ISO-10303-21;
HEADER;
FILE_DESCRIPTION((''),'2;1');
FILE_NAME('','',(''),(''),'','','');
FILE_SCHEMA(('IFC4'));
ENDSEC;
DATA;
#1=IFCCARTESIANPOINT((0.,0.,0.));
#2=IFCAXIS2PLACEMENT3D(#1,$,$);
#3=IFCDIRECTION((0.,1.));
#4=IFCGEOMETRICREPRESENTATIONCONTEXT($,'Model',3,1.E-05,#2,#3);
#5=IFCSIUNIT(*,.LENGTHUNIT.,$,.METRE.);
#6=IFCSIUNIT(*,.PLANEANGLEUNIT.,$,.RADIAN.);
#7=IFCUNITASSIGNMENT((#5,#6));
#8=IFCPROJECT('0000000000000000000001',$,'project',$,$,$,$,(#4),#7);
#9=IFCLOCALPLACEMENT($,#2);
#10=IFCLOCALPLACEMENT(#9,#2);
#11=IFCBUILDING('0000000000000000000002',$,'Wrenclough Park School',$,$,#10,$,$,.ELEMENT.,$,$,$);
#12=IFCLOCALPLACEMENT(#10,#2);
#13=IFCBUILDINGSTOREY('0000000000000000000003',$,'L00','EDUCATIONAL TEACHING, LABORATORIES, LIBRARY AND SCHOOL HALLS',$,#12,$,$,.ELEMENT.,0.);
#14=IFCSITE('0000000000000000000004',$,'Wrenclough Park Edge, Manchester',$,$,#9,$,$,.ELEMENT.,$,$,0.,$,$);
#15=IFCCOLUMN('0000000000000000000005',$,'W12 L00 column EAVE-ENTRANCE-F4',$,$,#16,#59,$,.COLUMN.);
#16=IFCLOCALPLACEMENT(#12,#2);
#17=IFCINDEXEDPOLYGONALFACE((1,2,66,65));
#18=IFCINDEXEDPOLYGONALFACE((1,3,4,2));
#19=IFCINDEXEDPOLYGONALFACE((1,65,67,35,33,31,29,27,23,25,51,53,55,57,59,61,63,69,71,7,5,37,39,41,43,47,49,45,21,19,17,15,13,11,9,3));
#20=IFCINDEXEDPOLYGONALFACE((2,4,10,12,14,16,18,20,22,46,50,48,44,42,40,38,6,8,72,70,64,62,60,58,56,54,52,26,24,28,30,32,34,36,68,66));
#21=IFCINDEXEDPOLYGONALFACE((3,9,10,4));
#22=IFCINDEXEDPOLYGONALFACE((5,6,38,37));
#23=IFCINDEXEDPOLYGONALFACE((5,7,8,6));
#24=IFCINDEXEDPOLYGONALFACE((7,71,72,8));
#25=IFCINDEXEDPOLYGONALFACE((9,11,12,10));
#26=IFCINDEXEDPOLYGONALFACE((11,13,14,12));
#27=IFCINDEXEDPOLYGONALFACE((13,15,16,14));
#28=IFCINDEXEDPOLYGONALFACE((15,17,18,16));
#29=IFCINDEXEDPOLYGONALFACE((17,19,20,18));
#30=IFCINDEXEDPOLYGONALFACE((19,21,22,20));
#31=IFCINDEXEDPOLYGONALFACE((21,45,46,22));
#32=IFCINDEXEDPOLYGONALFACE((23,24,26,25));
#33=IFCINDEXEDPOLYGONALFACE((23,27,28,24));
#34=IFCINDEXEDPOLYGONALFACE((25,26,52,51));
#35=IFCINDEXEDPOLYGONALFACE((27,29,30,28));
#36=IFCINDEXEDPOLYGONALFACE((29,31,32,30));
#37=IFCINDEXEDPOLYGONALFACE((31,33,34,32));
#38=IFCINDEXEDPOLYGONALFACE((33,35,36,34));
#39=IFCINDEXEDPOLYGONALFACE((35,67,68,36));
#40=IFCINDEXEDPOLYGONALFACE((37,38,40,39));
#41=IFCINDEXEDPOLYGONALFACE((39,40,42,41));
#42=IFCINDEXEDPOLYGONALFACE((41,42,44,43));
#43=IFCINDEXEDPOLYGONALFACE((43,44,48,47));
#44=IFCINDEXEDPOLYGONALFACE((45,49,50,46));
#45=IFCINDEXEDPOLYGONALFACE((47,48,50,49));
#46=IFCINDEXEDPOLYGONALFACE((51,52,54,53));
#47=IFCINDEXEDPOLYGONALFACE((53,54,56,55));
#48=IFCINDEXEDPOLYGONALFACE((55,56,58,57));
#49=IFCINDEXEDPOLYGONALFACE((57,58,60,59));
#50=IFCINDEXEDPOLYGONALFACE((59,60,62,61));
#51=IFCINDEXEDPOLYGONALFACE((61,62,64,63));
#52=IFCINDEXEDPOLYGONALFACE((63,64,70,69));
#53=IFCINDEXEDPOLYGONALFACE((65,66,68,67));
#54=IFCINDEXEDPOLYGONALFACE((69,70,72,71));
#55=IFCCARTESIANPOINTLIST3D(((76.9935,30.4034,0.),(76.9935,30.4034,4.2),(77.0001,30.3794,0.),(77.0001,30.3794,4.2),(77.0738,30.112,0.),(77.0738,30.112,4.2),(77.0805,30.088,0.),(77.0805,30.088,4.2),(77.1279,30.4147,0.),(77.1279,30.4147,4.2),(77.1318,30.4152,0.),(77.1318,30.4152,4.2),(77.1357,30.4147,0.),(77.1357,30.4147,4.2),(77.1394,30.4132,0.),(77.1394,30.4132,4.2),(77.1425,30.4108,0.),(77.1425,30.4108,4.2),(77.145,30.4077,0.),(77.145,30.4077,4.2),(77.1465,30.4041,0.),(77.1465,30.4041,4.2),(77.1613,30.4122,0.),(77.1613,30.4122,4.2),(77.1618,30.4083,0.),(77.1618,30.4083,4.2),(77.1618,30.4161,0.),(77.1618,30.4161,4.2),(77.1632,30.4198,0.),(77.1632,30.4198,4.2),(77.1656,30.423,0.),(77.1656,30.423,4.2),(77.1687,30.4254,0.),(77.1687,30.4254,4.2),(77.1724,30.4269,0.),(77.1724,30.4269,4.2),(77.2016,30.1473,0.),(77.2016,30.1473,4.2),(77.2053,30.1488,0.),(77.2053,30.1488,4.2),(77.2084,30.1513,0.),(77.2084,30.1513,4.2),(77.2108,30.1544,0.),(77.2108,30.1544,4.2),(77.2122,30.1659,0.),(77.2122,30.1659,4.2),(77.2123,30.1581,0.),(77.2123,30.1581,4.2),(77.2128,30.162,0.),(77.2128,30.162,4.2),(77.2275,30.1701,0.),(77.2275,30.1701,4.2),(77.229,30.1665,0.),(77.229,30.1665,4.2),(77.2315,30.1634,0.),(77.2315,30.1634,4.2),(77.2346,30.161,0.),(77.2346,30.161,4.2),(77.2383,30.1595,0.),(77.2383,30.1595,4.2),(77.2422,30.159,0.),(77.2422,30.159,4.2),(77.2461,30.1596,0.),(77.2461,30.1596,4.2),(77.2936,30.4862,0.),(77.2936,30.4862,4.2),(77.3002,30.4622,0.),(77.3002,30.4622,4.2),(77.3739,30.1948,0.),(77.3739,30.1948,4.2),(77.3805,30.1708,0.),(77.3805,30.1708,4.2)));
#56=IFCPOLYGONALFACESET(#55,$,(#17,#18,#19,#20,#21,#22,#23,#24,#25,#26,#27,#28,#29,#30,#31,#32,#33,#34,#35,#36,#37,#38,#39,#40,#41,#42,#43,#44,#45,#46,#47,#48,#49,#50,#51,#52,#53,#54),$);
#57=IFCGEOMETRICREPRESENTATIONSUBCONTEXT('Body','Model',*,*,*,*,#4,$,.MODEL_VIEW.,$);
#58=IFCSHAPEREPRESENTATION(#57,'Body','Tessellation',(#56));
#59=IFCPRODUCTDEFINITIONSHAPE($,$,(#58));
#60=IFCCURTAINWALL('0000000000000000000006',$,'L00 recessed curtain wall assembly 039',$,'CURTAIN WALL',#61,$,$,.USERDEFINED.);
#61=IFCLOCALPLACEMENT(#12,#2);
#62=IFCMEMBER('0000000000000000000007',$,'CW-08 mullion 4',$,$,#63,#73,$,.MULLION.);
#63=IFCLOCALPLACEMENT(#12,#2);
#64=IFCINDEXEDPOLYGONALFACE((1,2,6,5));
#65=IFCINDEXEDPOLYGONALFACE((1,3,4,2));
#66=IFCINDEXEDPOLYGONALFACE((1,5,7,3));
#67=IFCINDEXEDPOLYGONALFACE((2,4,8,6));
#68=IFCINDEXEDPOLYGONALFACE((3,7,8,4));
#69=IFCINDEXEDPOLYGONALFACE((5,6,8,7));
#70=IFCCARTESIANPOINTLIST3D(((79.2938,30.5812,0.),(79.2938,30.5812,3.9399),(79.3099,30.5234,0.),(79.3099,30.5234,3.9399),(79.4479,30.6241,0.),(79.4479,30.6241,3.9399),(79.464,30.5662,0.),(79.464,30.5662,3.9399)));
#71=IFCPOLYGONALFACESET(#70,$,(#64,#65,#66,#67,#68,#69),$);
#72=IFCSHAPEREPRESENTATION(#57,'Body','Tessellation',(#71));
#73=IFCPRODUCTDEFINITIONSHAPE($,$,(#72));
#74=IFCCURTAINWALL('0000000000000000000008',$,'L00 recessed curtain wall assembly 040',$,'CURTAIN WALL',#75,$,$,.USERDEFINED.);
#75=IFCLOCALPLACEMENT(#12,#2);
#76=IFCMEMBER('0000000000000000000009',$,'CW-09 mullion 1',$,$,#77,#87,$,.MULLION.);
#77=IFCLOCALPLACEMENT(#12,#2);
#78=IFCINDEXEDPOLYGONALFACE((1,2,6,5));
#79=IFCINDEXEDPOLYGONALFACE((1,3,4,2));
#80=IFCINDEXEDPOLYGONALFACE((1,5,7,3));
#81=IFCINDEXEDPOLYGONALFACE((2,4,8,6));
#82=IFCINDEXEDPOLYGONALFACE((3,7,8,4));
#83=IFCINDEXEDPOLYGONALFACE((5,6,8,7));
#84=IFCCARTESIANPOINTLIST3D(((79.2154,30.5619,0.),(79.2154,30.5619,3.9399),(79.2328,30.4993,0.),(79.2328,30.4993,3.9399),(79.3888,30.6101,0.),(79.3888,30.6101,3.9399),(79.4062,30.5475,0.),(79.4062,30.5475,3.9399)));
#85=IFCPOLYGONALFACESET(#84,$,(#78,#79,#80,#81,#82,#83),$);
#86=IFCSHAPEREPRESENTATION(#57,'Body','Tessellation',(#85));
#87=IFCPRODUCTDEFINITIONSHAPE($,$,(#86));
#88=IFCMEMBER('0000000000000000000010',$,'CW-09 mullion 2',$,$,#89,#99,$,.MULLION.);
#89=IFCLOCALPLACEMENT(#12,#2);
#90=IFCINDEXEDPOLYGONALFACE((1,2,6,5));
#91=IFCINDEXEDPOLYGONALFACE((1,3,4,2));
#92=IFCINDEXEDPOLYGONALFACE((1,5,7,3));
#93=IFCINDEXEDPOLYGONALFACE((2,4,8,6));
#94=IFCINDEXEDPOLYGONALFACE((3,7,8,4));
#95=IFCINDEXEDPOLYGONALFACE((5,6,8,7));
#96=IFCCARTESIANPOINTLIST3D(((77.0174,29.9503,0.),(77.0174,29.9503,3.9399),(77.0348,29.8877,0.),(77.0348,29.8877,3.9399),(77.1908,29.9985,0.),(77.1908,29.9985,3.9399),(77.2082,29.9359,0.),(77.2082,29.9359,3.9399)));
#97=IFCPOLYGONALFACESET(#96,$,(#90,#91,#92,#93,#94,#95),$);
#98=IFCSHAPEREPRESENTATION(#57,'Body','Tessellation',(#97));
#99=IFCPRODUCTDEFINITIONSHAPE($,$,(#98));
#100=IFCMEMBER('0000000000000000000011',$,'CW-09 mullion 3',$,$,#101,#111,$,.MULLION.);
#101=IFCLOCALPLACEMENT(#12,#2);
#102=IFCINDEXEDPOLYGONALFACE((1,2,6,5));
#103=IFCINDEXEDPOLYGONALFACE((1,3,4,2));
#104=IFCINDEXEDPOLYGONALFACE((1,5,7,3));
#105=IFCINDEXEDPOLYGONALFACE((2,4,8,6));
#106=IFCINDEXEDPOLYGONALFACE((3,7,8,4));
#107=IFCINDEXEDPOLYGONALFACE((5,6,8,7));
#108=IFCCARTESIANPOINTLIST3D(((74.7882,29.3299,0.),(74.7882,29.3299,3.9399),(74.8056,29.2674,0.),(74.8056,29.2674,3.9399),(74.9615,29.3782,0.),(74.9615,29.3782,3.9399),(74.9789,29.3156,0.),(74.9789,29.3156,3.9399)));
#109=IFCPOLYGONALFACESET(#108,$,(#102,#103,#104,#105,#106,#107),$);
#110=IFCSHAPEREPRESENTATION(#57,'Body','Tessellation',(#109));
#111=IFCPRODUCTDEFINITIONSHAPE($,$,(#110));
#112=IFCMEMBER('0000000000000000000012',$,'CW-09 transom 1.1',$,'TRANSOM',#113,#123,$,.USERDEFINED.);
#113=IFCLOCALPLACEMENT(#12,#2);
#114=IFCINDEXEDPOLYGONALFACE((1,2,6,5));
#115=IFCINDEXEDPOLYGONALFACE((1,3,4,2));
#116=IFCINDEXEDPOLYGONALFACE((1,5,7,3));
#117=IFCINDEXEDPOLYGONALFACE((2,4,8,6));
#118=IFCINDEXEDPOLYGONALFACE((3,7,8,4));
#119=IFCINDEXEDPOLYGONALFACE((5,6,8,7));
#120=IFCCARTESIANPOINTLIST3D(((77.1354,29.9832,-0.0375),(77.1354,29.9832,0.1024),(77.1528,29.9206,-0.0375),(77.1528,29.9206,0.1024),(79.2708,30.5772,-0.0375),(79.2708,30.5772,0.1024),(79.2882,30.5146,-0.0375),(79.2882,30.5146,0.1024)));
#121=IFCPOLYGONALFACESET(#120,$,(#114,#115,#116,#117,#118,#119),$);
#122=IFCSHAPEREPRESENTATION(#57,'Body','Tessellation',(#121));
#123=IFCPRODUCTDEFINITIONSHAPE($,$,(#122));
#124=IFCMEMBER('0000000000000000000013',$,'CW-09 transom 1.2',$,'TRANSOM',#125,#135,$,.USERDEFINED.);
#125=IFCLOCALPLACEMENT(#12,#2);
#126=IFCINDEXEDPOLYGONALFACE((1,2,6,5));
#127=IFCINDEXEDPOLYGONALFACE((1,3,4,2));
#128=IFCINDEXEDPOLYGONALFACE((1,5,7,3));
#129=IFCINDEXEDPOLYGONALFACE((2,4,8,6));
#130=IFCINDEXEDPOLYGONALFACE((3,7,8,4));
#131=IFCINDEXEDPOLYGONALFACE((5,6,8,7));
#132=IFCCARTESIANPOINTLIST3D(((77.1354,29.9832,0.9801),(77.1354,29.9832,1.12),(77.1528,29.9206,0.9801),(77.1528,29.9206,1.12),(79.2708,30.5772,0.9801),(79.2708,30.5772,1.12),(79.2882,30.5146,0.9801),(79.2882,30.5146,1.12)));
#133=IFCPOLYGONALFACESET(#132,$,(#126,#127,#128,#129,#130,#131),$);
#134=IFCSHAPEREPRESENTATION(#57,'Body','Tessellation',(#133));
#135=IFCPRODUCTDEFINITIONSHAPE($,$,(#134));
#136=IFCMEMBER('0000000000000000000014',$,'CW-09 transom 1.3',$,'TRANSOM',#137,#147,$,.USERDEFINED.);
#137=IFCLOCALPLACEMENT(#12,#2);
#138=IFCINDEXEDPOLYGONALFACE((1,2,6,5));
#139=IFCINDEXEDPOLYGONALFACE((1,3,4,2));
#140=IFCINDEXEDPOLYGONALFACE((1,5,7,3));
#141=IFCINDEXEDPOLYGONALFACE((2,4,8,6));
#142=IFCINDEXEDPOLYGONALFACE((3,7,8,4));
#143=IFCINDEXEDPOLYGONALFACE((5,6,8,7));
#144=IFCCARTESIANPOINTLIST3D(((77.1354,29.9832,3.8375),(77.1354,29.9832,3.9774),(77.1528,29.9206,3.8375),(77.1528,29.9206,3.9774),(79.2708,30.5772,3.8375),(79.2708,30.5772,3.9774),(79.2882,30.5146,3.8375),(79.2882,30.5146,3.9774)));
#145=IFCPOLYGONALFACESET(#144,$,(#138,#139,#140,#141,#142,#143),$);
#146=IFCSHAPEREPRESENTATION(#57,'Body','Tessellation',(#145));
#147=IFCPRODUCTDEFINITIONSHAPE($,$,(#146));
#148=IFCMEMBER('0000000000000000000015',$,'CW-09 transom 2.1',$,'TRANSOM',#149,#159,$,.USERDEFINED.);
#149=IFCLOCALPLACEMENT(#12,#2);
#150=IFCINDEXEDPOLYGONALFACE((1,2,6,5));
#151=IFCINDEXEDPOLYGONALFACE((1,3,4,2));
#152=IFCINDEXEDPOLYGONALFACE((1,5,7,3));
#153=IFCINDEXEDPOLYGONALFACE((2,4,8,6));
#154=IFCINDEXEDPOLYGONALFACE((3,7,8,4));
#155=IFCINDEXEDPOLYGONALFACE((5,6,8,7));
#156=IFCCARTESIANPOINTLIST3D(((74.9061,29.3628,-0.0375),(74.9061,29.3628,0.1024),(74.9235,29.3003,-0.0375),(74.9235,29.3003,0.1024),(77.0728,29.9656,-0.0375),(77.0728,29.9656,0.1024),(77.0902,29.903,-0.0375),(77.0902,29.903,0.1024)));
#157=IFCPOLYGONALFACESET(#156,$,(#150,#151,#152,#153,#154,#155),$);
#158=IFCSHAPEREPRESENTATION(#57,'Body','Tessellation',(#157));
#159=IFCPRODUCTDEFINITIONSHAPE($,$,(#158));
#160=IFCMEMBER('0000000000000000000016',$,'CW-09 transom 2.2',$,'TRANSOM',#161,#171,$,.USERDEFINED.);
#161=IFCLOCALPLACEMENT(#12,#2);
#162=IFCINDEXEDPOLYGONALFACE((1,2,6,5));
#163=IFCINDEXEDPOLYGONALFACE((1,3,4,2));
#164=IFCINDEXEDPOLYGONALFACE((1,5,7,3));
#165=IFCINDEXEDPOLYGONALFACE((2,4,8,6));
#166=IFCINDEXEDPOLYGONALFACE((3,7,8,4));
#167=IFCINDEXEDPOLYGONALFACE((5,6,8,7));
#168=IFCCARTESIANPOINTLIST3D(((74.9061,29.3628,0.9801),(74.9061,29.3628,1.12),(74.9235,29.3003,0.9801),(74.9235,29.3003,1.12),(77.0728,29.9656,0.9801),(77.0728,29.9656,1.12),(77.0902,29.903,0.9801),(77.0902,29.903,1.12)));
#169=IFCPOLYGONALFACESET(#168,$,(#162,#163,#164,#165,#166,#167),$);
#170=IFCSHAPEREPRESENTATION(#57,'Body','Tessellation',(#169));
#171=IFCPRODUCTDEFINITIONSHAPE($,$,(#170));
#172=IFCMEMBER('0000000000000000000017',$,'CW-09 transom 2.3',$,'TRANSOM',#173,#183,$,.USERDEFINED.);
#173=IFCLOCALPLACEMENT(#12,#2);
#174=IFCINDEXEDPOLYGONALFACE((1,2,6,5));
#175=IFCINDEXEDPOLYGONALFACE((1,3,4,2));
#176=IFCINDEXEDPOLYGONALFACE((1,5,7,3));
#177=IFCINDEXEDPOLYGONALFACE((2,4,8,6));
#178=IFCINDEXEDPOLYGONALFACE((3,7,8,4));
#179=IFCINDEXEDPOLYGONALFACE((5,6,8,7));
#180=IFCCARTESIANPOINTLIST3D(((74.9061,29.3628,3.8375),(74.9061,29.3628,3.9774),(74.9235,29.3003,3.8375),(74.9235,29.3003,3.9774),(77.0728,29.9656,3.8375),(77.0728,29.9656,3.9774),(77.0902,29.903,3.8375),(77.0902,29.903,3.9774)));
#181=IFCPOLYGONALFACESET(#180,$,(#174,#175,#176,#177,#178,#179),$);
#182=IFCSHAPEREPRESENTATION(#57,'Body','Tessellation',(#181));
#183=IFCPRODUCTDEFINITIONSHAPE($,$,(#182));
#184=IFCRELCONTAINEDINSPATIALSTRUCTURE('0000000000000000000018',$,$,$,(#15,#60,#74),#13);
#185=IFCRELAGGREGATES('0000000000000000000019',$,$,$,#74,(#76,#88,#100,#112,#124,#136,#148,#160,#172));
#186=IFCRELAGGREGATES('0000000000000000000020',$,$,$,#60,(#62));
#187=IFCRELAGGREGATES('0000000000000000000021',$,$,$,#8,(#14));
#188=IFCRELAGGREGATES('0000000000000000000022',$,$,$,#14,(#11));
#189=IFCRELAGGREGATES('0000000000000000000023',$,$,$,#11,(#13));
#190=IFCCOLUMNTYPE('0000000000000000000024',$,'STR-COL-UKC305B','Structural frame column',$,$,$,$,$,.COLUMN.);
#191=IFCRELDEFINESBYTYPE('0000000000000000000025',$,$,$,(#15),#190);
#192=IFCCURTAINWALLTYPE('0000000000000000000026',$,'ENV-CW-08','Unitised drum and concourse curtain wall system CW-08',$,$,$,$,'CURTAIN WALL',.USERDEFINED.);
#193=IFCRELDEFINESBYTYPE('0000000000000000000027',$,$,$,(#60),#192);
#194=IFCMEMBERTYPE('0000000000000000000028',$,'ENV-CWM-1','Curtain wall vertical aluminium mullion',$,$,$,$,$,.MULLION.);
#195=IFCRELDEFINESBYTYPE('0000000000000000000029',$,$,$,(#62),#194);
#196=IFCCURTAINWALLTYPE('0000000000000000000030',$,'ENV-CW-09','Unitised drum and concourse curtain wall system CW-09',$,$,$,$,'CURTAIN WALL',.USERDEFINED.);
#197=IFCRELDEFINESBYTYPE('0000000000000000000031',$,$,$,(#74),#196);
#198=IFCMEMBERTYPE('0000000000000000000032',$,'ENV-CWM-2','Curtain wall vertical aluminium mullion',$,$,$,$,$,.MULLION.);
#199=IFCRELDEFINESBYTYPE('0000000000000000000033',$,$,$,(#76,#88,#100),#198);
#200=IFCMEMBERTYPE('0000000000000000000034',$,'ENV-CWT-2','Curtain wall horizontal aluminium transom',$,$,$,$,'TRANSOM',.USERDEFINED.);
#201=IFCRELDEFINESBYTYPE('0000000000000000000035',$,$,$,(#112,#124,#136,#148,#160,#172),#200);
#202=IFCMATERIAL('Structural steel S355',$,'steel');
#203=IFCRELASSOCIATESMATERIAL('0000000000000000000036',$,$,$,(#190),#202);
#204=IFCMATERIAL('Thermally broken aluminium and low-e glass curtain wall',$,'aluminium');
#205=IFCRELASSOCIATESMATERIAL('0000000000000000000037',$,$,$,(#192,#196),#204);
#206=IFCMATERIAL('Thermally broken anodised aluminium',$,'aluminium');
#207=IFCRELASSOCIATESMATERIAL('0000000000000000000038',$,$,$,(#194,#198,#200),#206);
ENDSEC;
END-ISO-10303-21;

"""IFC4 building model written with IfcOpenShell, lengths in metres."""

from ifc_helpers import new_model, si_unit, direction, frame, origin, origin_2d, place, context, subcontext, project, spatial, rectangle, i_section, extrude, material, material_profile, profile_set, type_object, element, aggregate, save


model = new_model("IFC4")

# Units and contexts
model_context = context("Model", 3, precision=1e-05, world=origin(), true_north=direction((0.0, 1.0)))
body_context = subcontext(model_context, "Body", "Model", "MODEL_VIEW")
ifc_project = project(units=[si_unit("LENGTHUNIT", "METRE"), si_unit("PLANEANGLEUNIT", "RADIAN")], contexts=[model_context])

# Site, building, storey
site_placement = place(None, origin())
site = spatial("IfcSite", under=ifc_project, at=site_placement, Name="Wrenclough Park Edge, Manchester", CompositionType="ELEMENT", RefElevation=0.0)
building_placement = place(site_placement, origin())
building = spatial("IfcBuilding", under=site, at=building_placement, Name="Wrenclough Park School", CompositionType="ELEMENT")
storey_placement = place(building_placement, origin())
storey = spatial("IfcBuildingStorey", under=building, at=storey_placement, Name="L00", Description="EDUCATIONAL TEACHING, LABORATORIES, LIBRARY AND SCHOOL HALLS", CompositionType="ELEMENT", Elevation=0.0)

# Column
ifc_material_1 = material(Name="Structural steel S355", Category="steel")
ifc_material_profile_1 = material_profile(ifc_material_1, i_section(OverallWidth=0.3113, OverallDepth=0.3271, WebThickness=0.0159, FlangeThickness=0.0249, FilletRadius=0.0151, at=origin_2d()), Name="UKC 305x305x158")
ifc_profile_set_1 = profile_set([ifc_material_profile_1], Name="Structural steel S355")
column_type = type_object("IfcColumnType", Name="STR-COL-UKC305B", Description="Structural frame column", PredefinedType="COLUMN", material=ifc_profile_set_1)
column_placement = place(storey_placement, frame((77.187, 30.2871, 0.0), z_axis=(0.0, 0.0, 1.0), x_axis=(0.964003, 0.265893, 0.0)))
element("IfcColumn", 1, at=column_placement, inside=storey, type_object=column_type, Name="W12 L00 column EAVE-ENTRANCE-F4", PredefinedType="COLUMN", context=body_context, shape_type="SweptSolid", body=[
    extrude(i_section(OverallWidth=0.3113, OverallDepth=0.3271, WebThickness=0.0159, FlangeThickness=0.0249, FilletRadius=0.0151, at=origin_2d()), origin(), (0.0, 0.0, 1.0), 4.2),
])

# Curtain wall, member
ifc_material_2 = material(Name="Thermally broken aluminium and low-e glass curtain wall", Category="aluminium")
curtain_wall_type_1 = type_object("IfcCurtainWallType", Name="ENV-CW-08", Description="Unitised drum and concourse curtain wall system CW-08", ElementType="CURTAIN WALL", PredefinedType="USERDEFINED", material=ifc_material_2)
curtain_wall_1_placement = place(storey_placement, origin())
curtain_wall_1 = element("IfcCurtainWall", 2, at=curtain_wall_1_placement, inside=storey, type_object=curtain_wall_type_1, Name="L00 recessed curtain wall assembly 039", ObjectType="CURTAIN WALL", PredefinedType="USERDEFINED")
ifc_material_3 = material(Name="Thermally broken anodised aluminium", Category="aluminium")
ifc_material_profile_2 = material_profile(ifc_material_3, rectangle(XDim=0.0601, YDim=0.1599, at=origin_2d()), Name="AL MULLION 60x160")
ifc_profile_set_2 = profile_set([ifc_material_profile_2], Name="Thermally broken anodised aluminium")
member_type_1 = type_object("IfcMemberType", Name="ENV-CWM-1", Description="Curtain wall vertical aluminium mullion", PredefinedType="MULLION", material=ifc_profile_set_2)
member_1_placement = place(storey_placement, frame((79.3789, 30.5737, 0.0), z_axis=(0.0, 0.0, 1.0), x_axis=(0.268073, -0.963399, 0.0)))
member_1 = element("IfcMember", 3, at=member_1_placement, type_object=member_type_1, Name="CW-08 mullion 4", PredefinedType="MULLION", context=body_context, shape_type="SweptSolid", body=[
    extrude(rectangle(XDim=0.0601, YDim=0.1599, at=origin_2d()), origin(), (0.0, 0.0, 1.0), 3.9399),
])

# Curtain wall, members
curtain_wall_type_2 = type_object("IfcCurtainWallType", Name="ENV-CW-09", Description="Unitised drum and concourse curtain wall system CW-09", ElementType="CURTAIN WALL", PredefinedType="USERDEFINED", material=ifc_material_2)
curtain_wall_2_placement = place(storey_placement, origin())
curtain_wall_2 = element("IfcCurtainWall", 4, at=curtain_wall_2_placement, inside=storey, type_object=curtain_wall_type_2, Name="L00 recessed curtain wall assembly 040", ObjectType="CURTAIN WALL", PredefinedType="USERDEFINED")
ifc_material_profile_3 = material_profile(ifc_material_3, rectangle(XDim=0.0649, YDim=0.1799, at=origin_2d()), Name="AL MULLION 65x180")
ifc_profile_set_3 = profile_set([ifc_material_profile_3], Name="Thermally broken anodised aluminium")
member_type_2 = type_object("IfcMemberType", Name="ENV-CWM-2", Description="Curtain wall vertical aluminium mullion", PredefinedType="MULLION", material=ifc_profile_set_3)
member_2_placement = place(storey_placement, frame((79.3108, 30.5547, 0.0), z_axis=(0.0, 0.0, 1.0), x_axis=(0.268069, -0.9634, 0.0)))
member_2 = element("IfcMember", 5, at=member_2_placement, type_object=member_type_2, Name="CW-09 mullion 1", PredefinedType="MULLION", context=body_context, shape_type="SweptSolid", body=[
    extrude(rectangle(XDim=0.0649, YDim=0.1799, at=origin_2d()), origin(), (0.0, 0.0, 1.0), 3.9399),
])
member_3_placement = place(storey_placement, frame((77.1128, 29.9431, 0.0), z_axis=(0.0, 0.0, 1.0), x_axis=(0.268069, -0.9634, 0.0)))
member_3 = element("IfcMember", 6, at=member_3_placement, type_object=member_type_2, Name="CW-09 mullion 2", PredefinedType="MULLION", context=body_context, shape_type="SweptSolid", body=[
    extrude(rectangle(XDim=0.0649, YDim=0.1799, at=origin_2d()), origin(), (0.0, 0.0, 1.0), 3.9399),
])
member_4_placement = place(storey_placement, frame((74.8835, 29.3228, 0.0), z_axis=(0.0, 0.0, 1.0), x_axis=(0.268069, -0.9634, 0.0)))
member_4 = element("IfcMember", 7, at=member_4_placement, type_object=member_type_2, Name="CW-09 mullion 3", PredefinedType="MULLION", context=body_context, shape_type="SweptSolid", body=[
    extrude(rectangle(XDim=0.0649, YDim=0.1799, at=origin_2d()), origin(), (0.0, 0.0, 1.0), 3.9399),
])
ifc_material_profile_4 = material_profile(ifc_material_3, rectangle(XDim=0.0649, YDim=0.1399, at=origin_2d()), Name="AL TRANSOM 65x140")
ifc_profile_set_4 = profile_set([ifc_material_profile_4], Name="Thermally broken anodised aluminium")
member_type_3 = type_object("IfcMemberType", Name="ENV-CWT-2", Description="Curtain wall horizontal aluminium transom", ElementType="TRANSOM", PredefinedType="USERDEFINED", material=ifc_profile_set_4)
member_5_placement = place(storey_placement, frame((79.2795, 30.5459, 0.0325), z_axis=(-0.963425, -0.267979, 0.0), x_axis=(0.267979, -0.963425, 0.0)))
member_5 = element("IfcMember", 8, at=member_5_placement, type_object=member_type_3, Name="CW-09 transom 1.1", ObjectType="TRANSOM", PredefinedType="USERDEFINED", context=body_context, shape_type="SweptSolid", body=[
    extrude(rectangle(XDim=0.0649, YDim=0.1399, at=origin_2d()), origin(), (0.0, 0.0, 1.0), 2.2166),
])
member_6_placement = place(storey_placement, frame((79.2795, 30.5459, 1.05), z_axis=(-0.963425, -0.267979, 0.0), x_axis=(0.267979, -0.963425, 0.0)))
member_6 = element("IfcMember", 9, at=member_6_placement, type_object=member_type_3, Name="CW-09 transom 1.2", ObjectType="TRANSOM", PredefinedType="USERDEFINED", context=body_context, shape_type="SweptSolid", body=[
    extrude(rectangle(XDim=0.0649, YDim=0.1399, at=origin_2d()), origin(), (0.0, 0.0, 1.0), 2.2166),
])
member_7_placement = place(storey_placement, frame((79.2795, 30.5459, 3.9075), z_axis=(-0.963425, -0.267979, 0.0), x_axis=(0.267979, -0.963425, 0.0)))
member_7 = element("IfcMember", 10, at=member_7_placement, type_object=member_type_3, Name="CW-09 transom 1.3", ObjectType="TRANSOM", PredefinedType="USERDEFINED", context=body_context, shape_type="SweptSolid", body=[
    extrude(rectangle(XDim=0.0649, YDim=0.1399, at=origin_2d()), origin(), (0.0, 0.0, 1.0), 2.2166),
])
member_8_placement = place(storey_placement, frame((77.0815, 29.9343, 0.0325), z_axis=(-0.963414, -0.268019, 0.0), x_axis=(0.268019, -0.963414, 0.0)))
member_8 = element("IfcMember", 11, at=member_8_placement, type_object=member_type_3, Name="CW-09 transom 2.1", ObjectType="TRANSOM", PredefinedType="USERDEFINED", context=body_context, shape_type="SweptSolid", body=[
    extrude(rectangle(XDim=0.0649, YDim=0.1399, at=origin_2d()), origin(), (0.0, 0.0, 1.0), 2.249),
])
member_9_placement = place(storey_placement, frame((77.0815, 29.9343, 1.05), z_axis=(-0.963414, -0.268019, 0.0), x_axis=(0.268019, -0.963414, 0.0)))
member_9 = element("IfcMember", 12, at=member_9_placement, type_object=member_type_3, Name="CW-09 transom 2.2", ObjectType="TRANSOM", PredefinedType="USERDEFINED", context=body_context, shape_type="SweptSolid", body=[
    extrude(rectangle(XDim=0.0649, YDim=0.1399, at=origin_2d()), origin(), (0.0, 0.0, 1.0), 2.249),
])
member_10_placement = place(storey_placement, frame((77.0815, 29.9343, 3.9075), z_axis=(-0.963414, -0.268019, 0.0), x_axis=(0.268019, -0.963414, 0.0)))
member_10 = element("IfcMember", 13, at=member_10_placement, type_object=member_type_3, Name="CW-09 transom 2.3", ObjectType="TRANSOM", PredefinedType="USERDEFINED", context=body_context, shape_type="SweptSolid", body=[
    extrude(rectangle(XDim=0.0649, YDim=0.1399, at=origin_2d()), origin(), (0.0, 0.0, 1.0), 2.249),
])

aggregate(curtain_wall_2, [member_2, member_3, member_4, member_5, member_6, member_7, member_8, member_9, member_10])
aggregate(curtain_wall_1, [member_1])

save(model, "model.ifc")
